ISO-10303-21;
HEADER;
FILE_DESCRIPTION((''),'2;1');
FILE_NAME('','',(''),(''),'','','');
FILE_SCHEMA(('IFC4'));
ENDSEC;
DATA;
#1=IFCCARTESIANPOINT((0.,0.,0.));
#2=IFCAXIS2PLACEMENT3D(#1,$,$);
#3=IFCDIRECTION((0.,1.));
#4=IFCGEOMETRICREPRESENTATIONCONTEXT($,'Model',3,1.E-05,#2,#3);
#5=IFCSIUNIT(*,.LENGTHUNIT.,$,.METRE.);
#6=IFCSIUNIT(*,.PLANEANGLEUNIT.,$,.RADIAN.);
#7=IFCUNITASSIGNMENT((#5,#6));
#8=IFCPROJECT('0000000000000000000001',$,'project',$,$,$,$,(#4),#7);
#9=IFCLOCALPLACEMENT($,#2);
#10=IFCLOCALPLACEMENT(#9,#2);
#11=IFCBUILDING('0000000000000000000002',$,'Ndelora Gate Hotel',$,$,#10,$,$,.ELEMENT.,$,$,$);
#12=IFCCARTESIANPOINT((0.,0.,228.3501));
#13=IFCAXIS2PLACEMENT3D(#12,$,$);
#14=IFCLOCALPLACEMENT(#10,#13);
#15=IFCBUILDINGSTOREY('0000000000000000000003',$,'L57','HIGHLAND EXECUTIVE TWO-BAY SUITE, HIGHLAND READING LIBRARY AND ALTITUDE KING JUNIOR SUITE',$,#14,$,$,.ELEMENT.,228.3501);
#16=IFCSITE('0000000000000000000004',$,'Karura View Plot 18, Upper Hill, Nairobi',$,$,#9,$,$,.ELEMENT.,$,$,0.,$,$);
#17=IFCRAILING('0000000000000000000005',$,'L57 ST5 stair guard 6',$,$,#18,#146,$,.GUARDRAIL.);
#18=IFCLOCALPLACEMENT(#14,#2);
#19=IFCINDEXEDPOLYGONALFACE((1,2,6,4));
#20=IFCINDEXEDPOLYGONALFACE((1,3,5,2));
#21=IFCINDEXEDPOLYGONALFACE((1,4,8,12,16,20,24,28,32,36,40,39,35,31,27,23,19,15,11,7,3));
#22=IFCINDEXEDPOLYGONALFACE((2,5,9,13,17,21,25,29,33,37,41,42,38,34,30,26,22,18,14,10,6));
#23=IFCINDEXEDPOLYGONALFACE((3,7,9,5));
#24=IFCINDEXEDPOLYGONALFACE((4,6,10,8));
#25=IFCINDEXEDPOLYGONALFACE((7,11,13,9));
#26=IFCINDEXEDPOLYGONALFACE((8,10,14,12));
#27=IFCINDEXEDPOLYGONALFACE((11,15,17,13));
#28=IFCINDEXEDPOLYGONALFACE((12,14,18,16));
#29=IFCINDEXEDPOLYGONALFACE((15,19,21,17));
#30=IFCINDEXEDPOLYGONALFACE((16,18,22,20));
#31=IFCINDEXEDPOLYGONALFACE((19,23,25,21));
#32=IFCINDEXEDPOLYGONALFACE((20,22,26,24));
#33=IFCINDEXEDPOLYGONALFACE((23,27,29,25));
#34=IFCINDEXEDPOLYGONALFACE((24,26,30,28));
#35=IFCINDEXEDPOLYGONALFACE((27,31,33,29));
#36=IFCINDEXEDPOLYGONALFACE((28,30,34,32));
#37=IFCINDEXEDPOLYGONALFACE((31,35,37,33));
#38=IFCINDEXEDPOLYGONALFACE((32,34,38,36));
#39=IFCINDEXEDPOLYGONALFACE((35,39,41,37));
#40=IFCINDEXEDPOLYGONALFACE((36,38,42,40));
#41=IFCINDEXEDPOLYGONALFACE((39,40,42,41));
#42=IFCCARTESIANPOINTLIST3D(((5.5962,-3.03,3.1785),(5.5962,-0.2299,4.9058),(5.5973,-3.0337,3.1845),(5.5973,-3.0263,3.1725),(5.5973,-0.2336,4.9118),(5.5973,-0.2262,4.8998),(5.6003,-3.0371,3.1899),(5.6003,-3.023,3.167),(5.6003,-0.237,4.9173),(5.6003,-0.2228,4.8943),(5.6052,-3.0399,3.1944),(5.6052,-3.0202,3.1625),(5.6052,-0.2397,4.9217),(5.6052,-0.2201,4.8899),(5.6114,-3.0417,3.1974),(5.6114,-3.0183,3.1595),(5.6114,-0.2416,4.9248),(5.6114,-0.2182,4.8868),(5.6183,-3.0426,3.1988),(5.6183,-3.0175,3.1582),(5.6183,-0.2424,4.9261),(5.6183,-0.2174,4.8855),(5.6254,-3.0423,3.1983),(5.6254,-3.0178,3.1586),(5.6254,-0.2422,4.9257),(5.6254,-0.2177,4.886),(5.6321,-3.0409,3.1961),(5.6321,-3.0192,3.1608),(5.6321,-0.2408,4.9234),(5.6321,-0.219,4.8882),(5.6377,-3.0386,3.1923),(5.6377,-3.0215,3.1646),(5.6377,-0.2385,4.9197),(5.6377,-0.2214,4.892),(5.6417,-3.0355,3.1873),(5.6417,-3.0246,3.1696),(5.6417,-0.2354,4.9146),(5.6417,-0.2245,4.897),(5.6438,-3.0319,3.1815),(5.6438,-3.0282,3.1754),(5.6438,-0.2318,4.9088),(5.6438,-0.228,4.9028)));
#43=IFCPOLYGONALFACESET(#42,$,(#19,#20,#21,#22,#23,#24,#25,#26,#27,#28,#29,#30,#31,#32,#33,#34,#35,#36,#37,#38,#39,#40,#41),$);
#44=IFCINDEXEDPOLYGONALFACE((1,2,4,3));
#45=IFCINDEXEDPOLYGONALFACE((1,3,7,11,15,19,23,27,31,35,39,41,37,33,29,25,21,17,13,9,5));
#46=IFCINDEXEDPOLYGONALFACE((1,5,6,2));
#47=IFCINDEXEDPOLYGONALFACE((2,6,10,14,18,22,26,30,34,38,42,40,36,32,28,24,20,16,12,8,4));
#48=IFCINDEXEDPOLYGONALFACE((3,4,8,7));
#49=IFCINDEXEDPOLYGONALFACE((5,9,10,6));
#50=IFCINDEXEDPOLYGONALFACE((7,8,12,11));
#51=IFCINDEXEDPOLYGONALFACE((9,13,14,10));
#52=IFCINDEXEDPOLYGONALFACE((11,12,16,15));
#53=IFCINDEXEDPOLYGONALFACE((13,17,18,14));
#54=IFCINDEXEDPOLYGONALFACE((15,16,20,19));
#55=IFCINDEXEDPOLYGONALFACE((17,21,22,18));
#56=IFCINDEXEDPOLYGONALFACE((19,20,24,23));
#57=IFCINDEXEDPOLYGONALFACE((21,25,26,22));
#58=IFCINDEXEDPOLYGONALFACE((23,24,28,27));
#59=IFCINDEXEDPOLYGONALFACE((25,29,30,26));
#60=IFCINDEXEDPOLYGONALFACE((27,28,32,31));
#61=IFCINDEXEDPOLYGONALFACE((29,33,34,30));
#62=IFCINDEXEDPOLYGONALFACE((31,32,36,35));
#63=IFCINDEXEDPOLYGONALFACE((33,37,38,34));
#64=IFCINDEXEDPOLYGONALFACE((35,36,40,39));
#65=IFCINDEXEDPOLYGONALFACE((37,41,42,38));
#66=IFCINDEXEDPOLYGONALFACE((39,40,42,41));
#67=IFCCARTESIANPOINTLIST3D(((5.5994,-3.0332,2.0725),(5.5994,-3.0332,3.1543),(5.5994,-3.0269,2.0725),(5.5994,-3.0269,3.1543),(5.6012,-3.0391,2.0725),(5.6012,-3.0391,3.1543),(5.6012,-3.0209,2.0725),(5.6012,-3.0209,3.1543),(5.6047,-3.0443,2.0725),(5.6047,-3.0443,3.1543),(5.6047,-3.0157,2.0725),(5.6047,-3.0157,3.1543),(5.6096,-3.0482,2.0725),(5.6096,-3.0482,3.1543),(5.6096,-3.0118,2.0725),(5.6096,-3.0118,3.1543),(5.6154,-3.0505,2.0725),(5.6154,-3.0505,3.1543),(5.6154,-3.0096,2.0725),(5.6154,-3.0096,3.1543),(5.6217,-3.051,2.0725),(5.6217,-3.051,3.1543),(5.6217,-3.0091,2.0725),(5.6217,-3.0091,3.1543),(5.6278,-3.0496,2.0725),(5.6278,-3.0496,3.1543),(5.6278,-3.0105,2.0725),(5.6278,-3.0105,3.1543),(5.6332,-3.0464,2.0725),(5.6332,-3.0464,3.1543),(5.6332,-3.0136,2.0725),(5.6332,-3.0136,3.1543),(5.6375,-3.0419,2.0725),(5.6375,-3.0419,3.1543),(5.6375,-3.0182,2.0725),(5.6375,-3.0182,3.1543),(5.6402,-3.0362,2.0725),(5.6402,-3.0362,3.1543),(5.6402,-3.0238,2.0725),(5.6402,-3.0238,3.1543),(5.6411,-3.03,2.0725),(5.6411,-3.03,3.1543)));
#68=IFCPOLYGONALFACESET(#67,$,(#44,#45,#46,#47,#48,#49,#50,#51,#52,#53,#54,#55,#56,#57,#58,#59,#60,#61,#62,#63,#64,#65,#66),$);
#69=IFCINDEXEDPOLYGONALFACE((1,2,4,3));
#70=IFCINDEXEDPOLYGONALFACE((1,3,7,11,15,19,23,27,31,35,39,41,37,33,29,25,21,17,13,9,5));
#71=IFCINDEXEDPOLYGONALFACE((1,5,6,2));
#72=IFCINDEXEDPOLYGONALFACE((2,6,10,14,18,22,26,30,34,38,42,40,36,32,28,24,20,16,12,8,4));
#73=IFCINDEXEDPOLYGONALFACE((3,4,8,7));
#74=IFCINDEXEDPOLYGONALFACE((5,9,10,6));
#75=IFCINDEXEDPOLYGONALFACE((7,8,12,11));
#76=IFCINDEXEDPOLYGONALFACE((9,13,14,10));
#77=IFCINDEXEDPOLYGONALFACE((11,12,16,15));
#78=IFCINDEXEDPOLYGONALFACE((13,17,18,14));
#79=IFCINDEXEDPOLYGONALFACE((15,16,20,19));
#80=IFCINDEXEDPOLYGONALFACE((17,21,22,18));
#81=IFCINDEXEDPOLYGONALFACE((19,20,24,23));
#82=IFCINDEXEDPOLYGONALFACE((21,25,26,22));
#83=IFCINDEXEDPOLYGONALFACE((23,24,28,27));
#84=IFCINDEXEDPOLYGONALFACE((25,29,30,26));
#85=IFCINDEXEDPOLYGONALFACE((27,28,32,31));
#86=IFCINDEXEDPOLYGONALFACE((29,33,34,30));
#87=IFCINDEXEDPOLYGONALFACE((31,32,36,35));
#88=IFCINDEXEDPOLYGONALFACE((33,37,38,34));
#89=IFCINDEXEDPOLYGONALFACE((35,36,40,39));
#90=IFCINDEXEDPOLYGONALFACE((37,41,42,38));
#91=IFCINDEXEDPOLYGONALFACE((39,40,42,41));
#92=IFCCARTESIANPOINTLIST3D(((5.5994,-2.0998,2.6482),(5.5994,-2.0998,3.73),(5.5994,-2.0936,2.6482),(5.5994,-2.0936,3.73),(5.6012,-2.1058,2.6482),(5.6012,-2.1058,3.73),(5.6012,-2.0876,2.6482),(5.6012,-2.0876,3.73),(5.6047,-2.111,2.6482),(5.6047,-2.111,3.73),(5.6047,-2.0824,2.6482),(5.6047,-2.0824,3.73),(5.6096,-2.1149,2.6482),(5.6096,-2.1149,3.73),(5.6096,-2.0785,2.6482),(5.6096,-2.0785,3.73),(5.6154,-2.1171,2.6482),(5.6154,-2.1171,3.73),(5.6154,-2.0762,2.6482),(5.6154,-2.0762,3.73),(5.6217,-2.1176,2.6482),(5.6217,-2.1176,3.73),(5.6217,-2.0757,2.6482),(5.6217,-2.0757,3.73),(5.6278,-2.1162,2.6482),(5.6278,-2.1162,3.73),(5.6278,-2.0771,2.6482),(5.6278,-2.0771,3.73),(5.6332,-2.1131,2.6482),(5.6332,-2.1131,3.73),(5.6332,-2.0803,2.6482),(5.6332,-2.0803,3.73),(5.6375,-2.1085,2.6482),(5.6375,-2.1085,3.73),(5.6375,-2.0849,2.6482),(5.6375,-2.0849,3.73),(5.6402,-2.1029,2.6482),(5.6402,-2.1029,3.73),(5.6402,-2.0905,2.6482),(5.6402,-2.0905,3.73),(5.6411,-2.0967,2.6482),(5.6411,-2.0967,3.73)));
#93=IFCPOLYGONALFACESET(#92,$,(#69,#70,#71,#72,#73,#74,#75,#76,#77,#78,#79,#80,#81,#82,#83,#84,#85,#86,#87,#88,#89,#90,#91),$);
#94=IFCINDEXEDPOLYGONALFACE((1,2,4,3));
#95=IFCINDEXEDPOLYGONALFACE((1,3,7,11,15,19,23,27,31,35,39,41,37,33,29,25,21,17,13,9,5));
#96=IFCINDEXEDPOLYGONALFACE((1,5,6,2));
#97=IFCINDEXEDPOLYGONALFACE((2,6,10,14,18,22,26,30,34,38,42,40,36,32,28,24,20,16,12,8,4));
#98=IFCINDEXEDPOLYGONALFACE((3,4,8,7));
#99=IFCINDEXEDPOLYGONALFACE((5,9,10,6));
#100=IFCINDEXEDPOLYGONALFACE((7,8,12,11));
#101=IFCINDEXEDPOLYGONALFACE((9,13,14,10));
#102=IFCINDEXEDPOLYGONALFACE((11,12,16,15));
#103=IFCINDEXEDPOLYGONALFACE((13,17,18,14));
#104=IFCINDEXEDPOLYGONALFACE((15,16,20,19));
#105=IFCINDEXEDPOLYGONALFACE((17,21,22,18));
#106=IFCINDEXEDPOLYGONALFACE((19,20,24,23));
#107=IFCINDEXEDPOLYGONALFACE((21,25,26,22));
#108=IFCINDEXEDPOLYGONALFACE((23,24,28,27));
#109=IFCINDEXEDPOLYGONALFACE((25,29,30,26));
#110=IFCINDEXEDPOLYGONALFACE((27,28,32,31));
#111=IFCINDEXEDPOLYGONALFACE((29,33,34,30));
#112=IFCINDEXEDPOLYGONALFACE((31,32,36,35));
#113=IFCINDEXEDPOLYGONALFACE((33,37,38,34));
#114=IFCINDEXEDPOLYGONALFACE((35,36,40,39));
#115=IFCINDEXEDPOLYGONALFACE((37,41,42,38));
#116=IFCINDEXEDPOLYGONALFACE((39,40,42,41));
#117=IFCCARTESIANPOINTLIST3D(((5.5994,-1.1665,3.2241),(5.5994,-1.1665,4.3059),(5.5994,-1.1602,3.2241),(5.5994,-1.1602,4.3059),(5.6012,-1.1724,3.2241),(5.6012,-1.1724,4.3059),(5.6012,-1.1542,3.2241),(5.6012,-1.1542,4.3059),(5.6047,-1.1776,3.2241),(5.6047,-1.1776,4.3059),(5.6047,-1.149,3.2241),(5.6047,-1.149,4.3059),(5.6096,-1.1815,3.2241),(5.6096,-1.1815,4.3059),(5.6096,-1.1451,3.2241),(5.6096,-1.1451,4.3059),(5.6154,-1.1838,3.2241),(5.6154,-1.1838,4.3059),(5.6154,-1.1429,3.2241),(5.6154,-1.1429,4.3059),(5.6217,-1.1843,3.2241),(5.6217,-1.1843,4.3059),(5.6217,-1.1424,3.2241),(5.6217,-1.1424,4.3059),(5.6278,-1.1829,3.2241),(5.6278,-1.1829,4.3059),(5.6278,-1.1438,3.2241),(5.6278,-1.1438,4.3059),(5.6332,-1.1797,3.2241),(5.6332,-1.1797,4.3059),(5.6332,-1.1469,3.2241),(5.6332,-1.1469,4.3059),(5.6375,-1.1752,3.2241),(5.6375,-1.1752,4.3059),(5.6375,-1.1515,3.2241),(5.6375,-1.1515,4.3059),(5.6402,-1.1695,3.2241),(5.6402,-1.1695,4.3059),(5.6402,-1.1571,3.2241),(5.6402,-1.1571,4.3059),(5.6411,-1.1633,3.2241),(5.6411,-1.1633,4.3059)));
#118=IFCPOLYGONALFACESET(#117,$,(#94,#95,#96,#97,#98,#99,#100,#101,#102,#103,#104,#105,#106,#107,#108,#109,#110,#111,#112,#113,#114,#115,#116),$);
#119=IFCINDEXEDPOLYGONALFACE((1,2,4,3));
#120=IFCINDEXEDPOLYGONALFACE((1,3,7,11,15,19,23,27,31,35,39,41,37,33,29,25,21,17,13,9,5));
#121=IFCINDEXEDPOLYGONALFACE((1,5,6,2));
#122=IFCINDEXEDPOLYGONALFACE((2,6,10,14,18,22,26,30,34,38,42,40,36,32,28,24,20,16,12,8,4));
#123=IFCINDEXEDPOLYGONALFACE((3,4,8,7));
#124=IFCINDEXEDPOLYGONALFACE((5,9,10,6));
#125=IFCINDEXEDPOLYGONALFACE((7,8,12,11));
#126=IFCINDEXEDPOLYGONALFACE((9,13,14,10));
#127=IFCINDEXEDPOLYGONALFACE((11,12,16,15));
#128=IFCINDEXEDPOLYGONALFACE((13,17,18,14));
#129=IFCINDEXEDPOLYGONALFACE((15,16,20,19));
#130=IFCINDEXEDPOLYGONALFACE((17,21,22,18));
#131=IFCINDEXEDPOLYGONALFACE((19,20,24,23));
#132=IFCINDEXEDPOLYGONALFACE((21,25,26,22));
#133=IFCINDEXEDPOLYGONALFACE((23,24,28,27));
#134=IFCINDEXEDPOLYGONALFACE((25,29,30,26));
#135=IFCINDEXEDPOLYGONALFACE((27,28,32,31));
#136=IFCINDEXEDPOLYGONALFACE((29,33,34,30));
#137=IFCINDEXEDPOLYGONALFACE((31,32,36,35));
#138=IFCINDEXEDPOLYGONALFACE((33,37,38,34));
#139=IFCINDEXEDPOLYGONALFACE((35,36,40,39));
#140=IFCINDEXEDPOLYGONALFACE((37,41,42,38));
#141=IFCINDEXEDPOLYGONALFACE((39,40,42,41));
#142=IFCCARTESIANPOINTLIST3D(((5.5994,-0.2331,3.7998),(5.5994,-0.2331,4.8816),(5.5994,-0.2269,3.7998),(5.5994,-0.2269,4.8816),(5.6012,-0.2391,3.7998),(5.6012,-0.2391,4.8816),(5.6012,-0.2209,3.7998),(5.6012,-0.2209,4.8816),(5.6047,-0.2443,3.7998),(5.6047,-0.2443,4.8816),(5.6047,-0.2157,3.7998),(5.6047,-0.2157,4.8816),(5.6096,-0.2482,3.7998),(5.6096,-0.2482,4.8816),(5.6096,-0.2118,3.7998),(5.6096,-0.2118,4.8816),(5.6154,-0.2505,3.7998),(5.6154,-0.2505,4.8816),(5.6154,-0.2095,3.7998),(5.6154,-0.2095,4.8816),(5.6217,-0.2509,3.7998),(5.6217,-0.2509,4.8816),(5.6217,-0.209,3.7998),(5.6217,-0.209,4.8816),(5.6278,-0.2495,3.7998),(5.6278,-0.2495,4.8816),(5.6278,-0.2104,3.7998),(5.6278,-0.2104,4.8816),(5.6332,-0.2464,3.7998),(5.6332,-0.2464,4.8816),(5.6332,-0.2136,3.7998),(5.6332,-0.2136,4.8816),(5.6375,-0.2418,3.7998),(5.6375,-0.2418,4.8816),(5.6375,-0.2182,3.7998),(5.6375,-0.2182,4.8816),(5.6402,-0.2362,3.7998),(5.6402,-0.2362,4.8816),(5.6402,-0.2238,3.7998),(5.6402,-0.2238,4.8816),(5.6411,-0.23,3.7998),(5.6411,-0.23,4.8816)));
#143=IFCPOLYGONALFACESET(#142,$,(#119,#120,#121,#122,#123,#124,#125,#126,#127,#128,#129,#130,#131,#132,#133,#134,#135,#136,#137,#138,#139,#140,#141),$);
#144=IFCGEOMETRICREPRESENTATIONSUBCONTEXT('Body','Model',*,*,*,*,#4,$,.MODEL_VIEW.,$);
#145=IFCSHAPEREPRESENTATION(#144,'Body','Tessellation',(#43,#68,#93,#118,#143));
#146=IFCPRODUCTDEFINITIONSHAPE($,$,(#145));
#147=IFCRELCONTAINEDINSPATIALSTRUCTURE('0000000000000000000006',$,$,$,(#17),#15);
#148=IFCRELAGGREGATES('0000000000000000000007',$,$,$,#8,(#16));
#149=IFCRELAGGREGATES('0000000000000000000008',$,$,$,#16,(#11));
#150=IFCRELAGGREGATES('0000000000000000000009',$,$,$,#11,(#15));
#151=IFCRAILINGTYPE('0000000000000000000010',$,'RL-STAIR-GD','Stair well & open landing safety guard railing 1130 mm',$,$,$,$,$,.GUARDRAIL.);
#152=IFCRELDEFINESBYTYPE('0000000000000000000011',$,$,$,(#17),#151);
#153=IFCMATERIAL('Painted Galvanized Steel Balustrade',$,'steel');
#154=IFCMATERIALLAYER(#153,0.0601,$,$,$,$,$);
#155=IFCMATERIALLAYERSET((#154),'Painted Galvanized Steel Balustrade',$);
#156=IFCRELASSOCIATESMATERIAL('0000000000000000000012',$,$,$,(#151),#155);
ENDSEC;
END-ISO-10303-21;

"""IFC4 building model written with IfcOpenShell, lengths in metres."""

from ifc_helpers import new_model, si_unit, direction, frame, origin, origin_2d, place, context, subcontext, project, spatial, circle, extrude, material, layer, layer_set, type_object, element, save


model = new_model("IFC4")

# Units and contexts
model_context = context("Model", 3, precision=1e-05, world=origin(), true_north=direction((0.0, 1.0)))
body_context = subcontext(model_context, "Body", "Model", "MODEL_VIEW")
ifc_project = project(units=[si_unit("LENGTHUNIT", "METRE"), si_unit("PLANEANGLEUNIT", "RADIAN")], contexts=[model_context])

# Site, building, storey
site_placement = place(None, origin())
site = spatial("IfcSite", under=ifc_project, at=site_placement, Name="Karura View Plot 18, Upper Hill, Nairobi", CompositionType="ELEMENT", RefElevation=0.0)
building_placement = place(site_placement, origin())
building = spatial("IfcBuilding", under=site, at=building_placement, Name="Ndelora Gate Hotel", CompositionType="ELEMENT")
storey_placement = place(building_placement, frame((0.0, 0.0, 228.3501)))
storey = spatial("IfcBuildingStorey", under=building, at=storey_placement, Name="L57", Description="HIGHLAND EXECUTIVE TWO-BAY SUITE, HIGHLAND READING LIBRARY AND ALTITUDE KING JUNIOR SUITE", CompositionType="ELEMENT", Elevation=228.3501)

# Railing
ifc_material_1 = material(Name="Painted Galvanized Steel Balustrade", Category="steel")
ifc_layer_1 = layer(ifc_material_1, 0.0601)
ifc_layer_set_1 = layer_set([ifc_layer_1], Name="Painted Galvanized Steel Balustrade")
railing_type_1 = type_object("IfcRailingType", Name="RL-STAIR-GD", Description="Stair well & open landing safety guard railing 1130 mm", PredefinedType="GUARDRAIL", material=ifc_layer_set_1)
railing_1_placement = place(storey_placement, frame((5.6201, -3.03, 2.0725)))
element("IfcRailing", 1, at=railing_1_placement, inside=storey, type_object=railing_type_1, Name="L57 ST5 stair guard 6", PredefinedType="GUARDRAIL", context=body_context, shape_type="SweptSolid", body=[
    extrude(circle(Radius=0.0239, at=origin_2d()), frame((0.0, 0.0, 1.106), z_axis=(0.0, 0.85109, 0.52502), x_axis=(-1.0, 0.0, 0.0)), (0.0, 0.0, 1.0), 3.29),
    extrude(circle(Radius=0.021, at=origin_2d()), origin(), (0.0, 0.0, 1.0), 1.0818),
    extrude(circle(Radius=0.021, at=origin_2d()), frame((0.0, 0.9333, 0.5757)), (0.0, 0.0, 1.0), 1.0818),
    extrude(circle(Radius=0.021, at=origin_2d()), frame((0.0, 1.8667, 1.1516)), (0.0, 0.0, 1.0), 1.0818),
    extrude(circle(Radius=0.021, at=origin_2d()), frame((0.0, 2.8, 1.7273)), (0.0, 0.0, 1.0), 1.0818),
])

save(model, "model.ifc")
